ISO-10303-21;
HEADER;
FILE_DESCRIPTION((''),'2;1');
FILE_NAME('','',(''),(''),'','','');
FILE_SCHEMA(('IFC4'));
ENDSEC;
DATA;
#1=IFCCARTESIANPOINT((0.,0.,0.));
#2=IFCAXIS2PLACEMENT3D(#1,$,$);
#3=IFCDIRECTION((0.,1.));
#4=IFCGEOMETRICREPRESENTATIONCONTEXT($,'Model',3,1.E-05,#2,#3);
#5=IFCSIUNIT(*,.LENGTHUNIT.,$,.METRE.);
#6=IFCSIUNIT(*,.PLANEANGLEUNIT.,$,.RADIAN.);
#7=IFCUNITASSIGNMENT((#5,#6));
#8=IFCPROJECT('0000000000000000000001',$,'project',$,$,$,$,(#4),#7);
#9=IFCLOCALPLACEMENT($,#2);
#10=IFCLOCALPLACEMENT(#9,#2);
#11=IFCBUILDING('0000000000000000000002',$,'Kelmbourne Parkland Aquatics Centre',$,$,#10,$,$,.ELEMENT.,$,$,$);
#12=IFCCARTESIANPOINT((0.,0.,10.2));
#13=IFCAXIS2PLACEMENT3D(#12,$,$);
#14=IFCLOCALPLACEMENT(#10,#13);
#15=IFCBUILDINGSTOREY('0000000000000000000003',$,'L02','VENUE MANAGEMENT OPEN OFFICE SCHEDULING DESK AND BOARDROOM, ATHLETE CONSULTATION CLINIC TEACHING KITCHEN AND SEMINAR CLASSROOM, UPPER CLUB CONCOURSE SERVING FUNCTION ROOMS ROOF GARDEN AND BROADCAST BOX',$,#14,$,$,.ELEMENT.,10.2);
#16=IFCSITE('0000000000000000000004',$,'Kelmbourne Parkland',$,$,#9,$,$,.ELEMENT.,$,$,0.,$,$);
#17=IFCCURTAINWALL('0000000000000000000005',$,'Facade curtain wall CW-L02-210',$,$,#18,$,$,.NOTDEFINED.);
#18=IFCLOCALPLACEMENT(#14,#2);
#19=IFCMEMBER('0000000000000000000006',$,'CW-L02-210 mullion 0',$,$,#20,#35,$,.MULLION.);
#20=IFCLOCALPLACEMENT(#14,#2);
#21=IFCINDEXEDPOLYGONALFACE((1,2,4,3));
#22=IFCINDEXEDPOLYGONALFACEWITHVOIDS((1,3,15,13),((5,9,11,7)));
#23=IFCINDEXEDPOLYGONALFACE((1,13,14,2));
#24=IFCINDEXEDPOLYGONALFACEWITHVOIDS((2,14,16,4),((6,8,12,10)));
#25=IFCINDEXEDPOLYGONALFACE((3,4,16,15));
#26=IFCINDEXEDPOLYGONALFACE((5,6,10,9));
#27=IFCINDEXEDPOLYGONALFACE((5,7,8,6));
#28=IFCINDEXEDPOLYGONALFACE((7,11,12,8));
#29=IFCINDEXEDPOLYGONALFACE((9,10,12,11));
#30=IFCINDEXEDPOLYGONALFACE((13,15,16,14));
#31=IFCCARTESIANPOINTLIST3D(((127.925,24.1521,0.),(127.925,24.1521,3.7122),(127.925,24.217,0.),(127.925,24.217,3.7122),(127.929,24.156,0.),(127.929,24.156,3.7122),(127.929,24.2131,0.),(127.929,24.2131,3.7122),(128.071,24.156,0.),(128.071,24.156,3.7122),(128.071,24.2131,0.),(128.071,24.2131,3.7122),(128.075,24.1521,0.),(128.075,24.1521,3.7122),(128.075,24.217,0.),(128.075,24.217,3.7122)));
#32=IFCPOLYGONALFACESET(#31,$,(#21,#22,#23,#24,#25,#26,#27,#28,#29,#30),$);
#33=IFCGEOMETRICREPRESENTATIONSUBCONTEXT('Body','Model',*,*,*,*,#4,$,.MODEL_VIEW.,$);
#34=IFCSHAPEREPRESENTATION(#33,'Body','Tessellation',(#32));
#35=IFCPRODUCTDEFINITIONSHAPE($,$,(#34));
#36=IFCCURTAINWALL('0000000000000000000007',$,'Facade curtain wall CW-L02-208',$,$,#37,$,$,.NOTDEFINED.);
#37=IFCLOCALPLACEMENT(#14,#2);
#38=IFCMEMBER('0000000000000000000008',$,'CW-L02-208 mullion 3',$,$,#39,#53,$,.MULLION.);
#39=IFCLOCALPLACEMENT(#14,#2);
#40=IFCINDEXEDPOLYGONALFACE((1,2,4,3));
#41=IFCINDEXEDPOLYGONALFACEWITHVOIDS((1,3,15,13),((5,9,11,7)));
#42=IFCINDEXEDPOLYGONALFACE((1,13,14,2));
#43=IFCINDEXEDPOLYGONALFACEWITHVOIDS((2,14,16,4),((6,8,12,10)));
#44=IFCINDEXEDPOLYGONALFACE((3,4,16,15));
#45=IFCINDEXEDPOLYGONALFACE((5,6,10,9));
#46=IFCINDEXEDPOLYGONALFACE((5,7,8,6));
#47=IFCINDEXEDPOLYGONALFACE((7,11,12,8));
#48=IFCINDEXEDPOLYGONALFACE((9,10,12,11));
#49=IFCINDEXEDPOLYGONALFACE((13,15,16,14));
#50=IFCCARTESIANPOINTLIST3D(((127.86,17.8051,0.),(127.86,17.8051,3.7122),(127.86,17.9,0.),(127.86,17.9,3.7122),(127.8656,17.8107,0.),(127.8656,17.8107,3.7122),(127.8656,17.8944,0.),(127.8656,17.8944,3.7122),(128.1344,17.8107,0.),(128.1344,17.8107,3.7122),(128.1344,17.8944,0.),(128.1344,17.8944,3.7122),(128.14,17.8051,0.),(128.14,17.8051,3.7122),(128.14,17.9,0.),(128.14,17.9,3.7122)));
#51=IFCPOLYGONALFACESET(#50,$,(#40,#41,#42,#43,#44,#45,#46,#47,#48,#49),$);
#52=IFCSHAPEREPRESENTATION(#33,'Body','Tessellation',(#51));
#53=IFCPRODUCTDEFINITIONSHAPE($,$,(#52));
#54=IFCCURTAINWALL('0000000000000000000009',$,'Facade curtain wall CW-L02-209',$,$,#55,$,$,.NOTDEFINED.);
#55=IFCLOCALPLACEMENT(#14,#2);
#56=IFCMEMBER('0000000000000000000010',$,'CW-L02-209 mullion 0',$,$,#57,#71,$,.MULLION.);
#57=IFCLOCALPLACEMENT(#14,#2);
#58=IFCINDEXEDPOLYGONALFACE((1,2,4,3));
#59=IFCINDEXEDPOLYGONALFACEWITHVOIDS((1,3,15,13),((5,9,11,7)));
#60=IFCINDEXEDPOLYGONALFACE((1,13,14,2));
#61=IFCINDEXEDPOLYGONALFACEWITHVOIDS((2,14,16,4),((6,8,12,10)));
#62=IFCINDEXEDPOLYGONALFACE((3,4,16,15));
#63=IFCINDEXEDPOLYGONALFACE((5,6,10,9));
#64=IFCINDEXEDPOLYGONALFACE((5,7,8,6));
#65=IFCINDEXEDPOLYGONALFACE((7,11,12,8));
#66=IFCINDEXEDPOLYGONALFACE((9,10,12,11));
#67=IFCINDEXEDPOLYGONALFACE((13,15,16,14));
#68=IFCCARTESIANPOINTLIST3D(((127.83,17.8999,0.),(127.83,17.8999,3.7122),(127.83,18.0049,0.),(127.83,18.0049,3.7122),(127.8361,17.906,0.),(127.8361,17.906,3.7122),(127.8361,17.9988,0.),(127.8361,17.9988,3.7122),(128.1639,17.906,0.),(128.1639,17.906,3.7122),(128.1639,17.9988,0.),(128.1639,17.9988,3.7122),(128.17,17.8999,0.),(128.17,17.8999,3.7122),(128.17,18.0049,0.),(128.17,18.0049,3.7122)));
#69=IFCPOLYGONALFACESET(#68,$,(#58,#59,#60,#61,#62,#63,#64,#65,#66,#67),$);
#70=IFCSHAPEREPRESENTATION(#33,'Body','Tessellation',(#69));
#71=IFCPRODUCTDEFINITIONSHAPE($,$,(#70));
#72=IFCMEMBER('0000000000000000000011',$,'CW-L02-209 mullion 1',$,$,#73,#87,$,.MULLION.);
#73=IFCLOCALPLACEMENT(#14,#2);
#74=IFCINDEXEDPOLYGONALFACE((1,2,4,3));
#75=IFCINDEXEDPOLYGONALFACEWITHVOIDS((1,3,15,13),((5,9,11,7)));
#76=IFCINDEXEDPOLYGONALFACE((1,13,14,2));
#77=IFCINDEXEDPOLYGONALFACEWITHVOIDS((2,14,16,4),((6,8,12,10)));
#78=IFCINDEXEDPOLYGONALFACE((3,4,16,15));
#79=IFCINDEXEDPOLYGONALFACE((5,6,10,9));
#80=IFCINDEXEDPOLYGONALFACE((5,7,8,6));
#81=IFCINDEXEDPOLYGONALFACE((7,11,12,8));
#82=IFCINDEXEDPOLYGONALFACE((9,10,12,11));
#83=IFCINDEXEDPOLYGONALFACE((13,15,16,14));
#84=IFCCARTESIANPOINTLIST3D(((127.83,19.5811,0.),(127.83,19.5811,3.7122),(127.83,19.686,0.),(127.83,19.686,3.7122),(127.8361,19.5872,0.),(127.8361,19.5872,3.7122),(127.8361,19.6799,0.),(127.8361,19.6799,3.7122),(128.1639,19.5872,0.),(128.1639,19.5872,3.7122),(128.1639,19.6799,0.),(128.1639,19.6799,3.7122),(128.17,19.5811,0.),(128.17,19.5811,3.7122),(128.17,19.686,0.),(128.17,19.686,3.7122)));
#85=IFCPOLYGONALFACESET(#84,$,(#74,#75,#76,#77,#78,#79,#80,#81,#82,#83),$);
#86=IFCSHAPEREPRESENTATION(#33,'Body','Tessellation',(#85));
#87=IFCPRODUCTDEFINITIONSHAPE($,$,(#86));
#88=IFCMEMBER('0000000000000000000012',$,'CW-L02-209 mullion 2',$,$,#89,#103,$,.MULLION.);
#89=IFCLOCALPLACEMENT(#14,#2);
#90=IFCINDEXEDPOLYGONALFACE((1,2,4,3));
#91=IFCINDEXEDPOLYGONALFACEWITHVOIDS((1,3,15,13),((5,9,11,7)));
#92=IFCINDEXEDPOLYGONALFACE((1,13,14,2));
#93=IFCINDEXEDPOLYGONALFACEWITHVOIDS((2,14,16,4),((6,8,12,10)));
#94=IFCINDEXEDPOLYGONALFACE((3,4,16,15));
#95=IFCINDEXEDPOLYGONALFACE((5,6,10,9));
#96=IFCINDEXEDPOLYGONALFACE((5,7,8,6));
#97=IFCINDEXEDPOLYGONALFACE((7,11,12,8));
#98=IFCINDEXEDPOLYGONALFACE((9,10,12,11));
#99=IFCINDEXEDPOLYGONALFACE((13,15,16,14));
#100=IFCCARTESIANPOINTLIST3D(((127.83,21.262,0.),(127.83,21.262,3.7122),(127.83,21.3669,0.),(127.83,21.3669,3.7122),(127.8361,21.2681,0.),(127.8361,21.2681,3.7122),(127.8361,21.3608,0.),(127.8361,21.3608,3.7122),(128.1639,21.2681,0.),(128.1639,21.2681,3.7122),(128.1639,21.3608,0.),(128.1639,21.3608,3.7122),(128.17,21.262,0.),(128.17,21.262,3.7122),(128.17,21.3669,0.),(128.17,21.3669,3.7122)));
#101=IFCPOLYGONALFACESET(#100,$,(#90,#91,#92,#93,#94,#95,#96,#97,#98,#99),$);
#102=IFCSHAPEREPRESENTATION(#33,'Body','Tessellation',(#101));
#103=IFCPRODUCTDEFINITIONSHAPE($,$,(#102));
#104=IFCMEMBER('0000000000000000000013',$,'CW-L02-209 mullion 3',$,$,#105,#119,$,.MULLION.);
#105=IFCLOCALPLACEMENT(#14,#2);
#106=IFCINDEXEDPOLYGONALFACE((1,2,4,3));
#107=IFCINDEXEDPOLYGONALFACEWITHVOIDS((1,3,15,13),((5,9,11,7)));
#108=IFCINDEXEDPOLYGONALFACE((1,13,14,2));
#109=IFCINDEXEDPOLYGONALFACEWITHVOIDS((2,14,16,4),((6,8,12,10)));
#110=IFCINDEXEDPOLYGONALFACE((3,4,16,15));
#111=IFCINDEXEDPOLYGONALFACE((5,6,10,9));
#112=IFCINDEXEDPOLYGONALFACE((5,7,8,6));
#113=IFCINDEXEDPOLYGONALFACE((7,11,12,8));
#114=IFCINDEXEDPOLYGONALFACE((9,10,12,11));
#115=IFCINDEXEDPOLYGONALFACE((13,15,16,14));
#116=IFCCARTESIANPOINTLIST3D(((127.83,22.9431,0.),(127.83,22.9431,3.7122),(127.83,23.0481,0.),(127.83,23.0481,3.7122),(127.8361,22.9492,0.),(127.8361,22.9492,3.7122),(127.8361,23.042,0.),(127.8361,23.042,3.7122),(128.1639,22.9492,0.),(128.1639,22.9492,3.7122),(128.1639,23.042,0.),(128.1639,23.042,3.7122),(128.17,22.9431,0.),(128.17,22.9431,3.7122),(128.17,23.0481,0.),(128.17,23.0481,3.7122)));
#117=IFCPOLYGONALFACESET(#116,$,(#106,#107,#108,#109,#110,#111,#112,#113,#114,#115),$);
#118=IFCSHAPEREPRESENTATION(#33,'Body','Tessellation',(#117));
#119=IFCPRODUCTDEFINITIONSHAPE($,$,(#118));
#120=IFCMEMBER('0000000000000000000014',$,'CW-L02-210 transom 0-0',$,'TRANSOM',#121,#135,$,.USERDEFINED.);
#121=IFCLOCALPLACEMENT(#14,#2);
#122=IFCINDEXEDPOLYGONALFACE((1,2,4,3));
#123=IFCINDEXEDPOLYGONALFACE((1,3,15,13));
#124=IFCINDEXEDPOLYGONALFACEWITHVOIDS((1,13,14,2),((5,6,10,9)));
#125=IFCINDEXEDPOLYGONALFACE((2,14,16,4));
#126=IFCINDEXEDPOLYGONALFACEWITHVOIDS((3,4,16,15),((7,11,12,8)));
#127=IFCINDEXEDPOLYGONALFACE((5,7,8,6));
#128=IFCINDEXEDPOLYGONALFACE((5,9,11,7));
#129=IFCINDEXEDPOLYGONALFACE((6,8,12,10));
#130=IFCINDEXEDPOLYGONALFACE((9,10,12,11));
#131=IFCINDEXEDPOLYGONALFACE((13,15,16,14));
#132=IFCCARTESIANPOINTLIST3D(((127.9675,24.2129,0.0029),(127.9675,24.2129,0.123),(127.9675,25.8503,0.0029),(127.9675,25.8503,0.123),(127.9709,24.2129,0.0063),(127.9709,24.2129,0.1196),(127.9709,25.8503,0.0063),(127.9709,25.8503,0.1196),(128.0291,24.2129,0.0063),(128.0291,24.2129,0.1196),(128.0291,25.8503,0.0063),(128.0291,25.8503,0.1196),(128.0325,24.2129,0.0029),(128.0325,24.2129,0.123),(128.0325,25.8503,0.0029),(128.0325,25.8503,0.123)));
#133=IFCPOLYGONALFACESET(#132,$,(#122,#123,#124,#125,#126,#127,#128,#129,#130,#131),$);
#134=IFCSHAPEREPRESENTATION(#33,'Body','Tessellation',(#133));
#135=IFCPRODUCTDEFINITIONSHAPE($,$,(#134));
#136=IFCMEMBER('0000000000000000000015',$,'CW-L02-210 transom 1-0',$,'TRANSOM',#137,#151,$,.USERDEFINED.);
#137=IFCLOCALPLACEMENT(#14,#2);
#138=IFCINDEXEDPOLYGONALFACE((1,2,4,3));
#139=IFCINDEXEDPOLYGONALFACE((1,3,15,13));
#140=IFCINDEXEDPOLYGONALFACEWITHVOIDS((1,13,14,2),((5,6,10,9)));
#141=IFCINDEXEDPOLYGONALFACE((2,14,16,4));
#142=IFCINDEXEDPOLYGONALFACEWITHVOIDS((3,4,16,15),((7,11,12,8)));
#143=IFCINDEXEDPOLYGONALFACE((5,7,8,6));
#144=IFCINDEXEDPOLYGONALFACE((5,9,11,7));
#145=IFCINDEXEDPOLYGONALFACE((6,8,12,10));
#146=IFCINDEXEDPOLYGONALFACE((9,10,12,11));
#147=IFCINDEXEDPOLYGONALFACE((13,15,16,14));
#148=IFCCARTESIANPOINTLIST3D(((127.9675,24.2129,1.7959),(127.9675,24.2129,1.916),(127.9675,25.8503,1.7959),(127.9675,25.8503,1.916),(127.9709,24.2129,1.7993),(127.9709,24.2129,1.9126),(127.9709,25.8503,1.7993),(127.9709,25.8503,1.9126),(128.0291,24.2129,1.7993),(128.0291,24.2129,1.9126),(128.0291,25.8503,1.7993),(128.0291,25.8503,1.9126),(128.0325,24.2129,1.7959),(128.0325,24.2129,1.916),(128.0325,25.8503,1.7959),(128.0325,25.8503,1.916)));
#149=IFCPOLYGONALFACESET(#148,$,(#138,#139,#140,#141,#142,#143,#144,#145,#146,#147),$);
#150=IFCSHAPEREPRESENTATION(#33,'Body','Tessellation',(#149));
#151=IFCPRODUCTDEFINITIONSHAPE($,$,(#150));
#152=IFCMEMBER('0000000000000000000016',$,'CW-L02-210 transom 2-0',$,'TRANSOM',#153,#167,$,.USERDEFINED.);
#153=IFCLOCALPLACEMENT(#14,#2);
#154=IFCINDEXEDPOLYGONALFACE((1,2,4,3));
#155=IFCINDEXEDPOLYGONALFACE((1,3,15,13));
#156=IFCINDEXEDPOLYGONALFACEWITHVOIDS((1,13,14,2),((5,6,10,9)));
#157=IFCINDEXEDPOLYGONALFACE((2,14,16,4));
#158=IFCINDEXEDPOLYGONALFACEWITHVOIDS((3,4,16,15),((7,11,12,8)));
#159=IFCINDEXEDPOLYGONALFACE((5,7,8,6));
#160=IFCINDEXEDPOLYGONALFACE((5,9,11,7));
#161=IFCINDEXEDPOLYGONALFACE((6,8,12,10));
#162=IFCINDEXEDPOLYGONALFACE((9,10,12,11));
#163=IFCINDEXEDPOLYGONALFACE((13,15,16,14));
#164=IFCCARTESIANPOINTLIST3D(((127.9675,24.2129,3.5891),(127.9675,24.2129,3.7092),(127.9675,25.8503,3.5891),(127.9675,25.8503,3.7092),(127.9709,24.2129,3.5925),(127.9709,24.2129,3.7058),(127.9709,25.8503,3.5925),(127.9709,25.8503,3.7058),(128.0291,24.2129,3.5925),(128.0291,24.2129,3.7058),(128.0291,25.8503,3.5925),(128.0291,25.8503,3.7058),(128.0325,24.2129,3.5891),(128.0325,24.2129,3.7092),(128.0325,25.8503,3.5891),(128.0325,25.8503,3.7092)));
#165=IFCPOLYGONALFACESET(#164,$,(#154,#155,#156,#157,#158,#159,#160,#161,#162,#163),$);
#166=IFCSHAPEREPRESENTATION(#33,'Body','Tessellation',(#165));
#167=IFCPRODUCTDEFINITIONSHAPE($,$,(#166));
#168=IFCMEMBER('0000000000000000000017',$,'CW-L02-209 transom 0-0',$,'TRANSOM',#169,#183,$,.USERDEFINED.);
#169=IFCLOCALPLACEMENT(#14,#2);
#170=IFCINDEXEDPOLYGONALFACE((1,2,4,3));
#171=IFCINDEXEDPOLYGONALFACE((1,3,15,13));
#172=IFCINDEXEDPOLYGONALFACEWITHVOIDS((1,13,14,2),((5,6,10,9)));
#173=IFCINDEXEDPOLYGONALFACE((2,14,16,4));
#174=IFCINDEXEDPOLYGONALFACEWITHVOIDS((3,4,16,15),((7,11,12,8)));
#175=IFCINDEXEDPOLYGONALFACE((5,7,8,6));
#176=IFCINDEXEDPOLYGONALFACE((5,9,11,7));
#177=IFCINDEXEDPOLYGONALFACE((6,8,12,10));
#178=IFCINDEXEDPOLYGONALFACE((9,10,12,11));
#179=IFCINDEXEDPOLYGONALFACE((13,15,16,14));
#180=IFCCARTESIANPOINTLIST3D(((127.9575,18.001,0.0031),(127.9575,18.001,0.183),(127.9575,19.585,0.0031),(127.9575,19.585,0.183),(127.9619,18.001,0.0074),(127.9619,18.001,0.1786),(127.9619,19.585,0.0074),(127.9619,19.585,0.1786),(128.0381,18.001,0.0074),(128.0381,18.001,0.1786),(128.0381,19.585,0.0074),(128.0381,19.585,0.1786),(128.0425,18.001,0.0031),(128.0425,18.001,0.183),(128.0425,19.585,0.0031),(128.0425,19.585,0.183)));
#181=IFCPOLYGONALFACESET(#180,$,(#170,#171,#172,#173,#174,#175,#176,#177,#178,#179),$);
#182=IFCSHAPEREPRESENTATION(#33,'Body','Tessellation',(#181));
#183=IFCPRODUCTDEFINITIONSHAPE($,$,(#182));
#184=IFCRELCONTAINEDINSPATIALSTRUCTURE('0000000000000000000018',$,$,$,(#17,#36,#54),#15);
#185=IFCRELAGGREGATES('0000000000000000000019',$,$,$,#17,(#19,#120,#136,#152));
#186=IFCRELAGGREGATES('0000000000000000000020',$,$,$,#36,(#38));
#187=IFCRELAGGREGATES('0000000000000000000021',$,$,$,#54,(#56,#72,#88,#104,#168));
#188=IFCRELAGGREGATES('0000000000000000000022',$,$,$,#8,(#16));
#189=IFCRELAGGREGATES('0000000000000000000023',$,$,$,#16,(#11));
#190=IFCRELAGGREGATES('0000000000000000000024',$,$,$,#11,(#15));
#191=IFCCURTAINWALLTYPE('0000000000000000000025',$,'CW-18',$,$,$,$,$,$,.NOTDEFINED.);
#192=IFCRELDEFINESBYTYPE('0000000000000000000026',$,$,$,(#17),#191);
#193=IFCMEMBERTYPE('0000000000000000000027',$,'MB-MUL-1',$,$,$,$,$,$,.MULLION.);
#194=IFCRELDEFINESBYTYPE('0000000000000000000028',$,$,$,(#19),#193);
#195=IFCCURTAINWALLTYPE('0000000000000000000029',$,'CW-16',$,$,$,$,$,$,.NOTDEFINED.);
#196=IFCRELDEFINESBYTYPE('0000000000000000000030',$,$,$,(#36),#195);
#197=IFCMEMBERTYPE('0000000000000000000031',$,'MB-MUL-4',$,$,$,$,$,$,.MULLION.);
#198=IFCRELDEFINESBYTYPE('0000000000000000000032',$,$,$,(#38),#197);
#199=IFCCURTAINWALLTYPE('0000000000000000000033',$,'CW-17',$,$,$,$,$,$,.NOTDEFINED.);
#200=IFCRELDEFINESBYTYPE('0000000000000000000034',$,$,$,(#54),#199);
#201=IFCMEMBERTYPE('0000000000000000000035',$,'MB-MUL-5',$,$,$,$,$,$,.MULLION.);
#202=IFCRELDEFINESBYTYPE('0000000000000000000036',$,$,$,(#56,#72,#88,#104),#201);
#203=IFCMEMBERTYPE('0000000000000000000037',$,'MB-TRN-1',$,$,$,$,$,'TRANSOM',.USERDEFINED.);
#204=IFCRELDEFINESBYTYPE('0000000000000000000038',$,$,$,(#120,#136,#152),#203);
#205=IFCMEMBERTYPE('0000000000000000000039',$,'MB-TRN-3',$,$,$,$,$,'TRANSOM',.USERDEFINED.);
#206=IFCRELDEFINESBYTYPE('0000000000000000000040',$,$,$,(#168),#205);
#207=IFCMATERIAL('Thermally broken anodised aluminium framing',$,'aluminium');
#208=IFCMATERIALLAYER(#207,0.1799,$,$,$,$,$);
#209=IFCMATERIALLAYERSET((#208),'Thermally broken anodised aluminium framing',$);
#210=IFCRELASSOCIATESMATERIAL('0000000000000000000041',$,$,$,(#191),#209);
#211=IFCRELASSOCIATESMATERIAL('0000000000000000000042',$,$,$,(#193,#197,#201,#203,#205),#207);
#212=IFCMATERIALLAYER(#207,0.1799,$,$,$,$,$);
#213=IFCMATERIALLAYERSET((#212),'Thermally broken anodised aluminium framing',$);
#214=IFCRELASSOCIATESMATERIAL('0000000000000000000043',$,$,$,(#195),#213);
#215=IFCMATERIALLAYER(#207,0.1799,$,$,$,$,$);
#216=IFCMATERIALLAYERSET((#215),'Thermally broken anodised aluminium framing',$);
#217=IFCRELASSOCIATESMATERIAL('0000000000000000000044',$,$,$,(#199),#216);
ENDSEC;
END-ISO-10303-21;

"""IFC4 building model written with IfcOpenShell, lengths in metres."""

from ifc_helpers import new_model, si_unit, direction, frame, origin, origin_2d, place, context, subcontext, project, spatial, hollow_rectangle, extrude, material, layer, layer_set, material_profile, profile_set, type_object, element, aggregate, save


model = new_model("IFC4")

# Units and contexts
model_context = context("Model", 3, precision=1e-05, world=origin(), true_north=direction((0.0, 1.0)))
body_context = subcontext(model_context, "Body", "Model", "MODEL_VIEW")
ifc_project = project(units=[si_unit("LENGTHUNIT", "METRE"), si_unit("PLANEANGLEUNIT", "RADIAN")], contexts=[model_context])

# Site, building, storey
site_placement = place(None, origin())
site = spatial("IfcSite", under=ifc_project, at=site_placement, Name="Kelmbourne Parkland", CompositionType="ELEMENT", RefElevation=0.0)
building_placement = place(site_placement, origin())
building = spatial("IfcBuilding", under=site, at=building_placement, Name="Kelmbourne Parkland Aquatics Centre", CompositionType="ELEMENT")
storey_placement = place(building_placement, frame((0.0, 0.0, 10.2)))
storey = spatial("IfcBuildingStorey", under=building, at=storey_placement, Name="L02", Description="VENUE MANAGEMENT OPEN OFFICE SCHEDULING DESK AND BOARDROOM, ATHLETE CONSULTATION CLINIC TEACHING KITCHEN AND SEMINAR CLASSROOM, UPPER CLUB CONCOURSE SERVING FUNCTION ROOMS ROOF GARDEN AND BROADCAST BOX", CompositionType="ELEMENT", Elevation=10.2)

# Curtain walls, members
ifc_material_1 = material(Name="Thermally broken anodised aluminium framing", Category="aluminium")
ifc_layer_1 = layer(ifc_material_1, 0.1799)
ifc_layer_set_1 = layer_set([ifc_layer_1], Name="Thermally broken anodised aluminium framing")
curtain_wall_type_1 = type_object("IfcCurtainWallType", Name="CW-18", PredefinedType="NOTDEFINED", material=ifc_layer_set_1)
curtain_wall_1_placement = place(storey_placement, origin())
curtain_wall_1 = element("IfcCurtainWall", 1, at=curtain_wall_1_placement, inside=storey, type_object=curtain_wall_type_1, Name="Facade curtain wall CW-L02-210", PredefinedType="NOTDEFINED")
ifc_material_profile_1 = material_profile(ifc_material_1, hollow_rectangle(XDim=0.0649, YDim=0.1499, WallThickness=0.0039, at=origin_2d()), Name="CW-M 65x150")
ifc_profile_set_1 = profile_set([ifc_material_profile_1], Name="Thermally broken anodised aluminium framing")
member_type_1 = type_object("IfcMemberType", Name="MB-MUL-1", PredefinedType="MULLION", material=ifc_profile_set_1)
member_1_placement = place(storey_placement, frame((128.0, 24.1846, 0.0), z_axis=(0.0, 0.0, 1.0), x_axis=(0.0, 1.0, 0.0)))
member_1 = element("IfcMember", 2, at=member_1_placement, type_object=member_type_1, Name="CW-L02-210 mullion 0", PredefinedType="MULLION", context=body_context, shape_type="SweptSolid", body=[
    extrude(hollow_rectangle(XDim=0.0649, YDim=0.1499, WallThickness=0.0039, at=origin_2d()), origin(), (0.0, 0.0, 1.0), 3.7122),
])
ifc_layer_2 = layer(ifc_material_1, 0.1799)
ifc_layer_set_2 = layer_set([ifc_layer_2], Name="Thermally broken anodised aluminium framing")
curtain_wall_type_2 = type_object("IfcCurtainWallType", Name="CW-16", PredefinedType="NOTDEFINED", material=ifc_layer_set_2)
curtain_wall_2_placement = place(storey_placement, origin())
curtain_wall_2 = element("IfcCurtainWall", 3, at=curtain_wall_2_placement, inside=storey, type_object=curtain_wall_type_2, Name="Facade curtain wall CW-L02-208", PredefinedType="NOTDEFINED")
ifc_material_profile_2 = material_profile(ifc_material_1, hollow_rectangle(XDim=0.095, YDim=0.28, WallThickness=0.0056, at=origin_2d()), Name="CW-M 95x280")
ifc_profile_set_2 = profile_set([ifc_material_profile_2], Name="Thermally broken anodised aluminium framing")
member_type_2 = type_object("IfcMemberType", Name="MB-MUL-4", PredefinedType="MULLION", material=ifc_profile_set_2)
member_2_placement = place(storey_placement, frame((128.0, 17.8525, 0.0), z_axis=(0.0, 0.0, 1.0), x_axis=(0.0, 1.0, 0.0)))
member_2 = element("IfcMember", 4, at=member_2_placement, type_object=member_type_2, Name="CW-L02-208 mullion 3", PredefinedType="MULLION", context=body_context, shape_type="SweptSolid", body=[
    extrude(hollow_rectangle(XDim=0.095, YDim=0.28, WallThickness=0.0056, at=origin_2d()), origin(), (0.0, 0.0, 1.0), 3.7122),
])

# Curtain wall, members
ifc_layer_3 = layer(ifc_material_1, 0.1799)
ifc_layer_set_3 = layer_set([ifc_layer_3], Name="Thermally broken anodised aluminium framing")
curtain_wall_type_3 = type_object("IfcCurtainWallType", Name="CW-17", PredefinedType="NOTDEFINED", material=ifc_layer_set_3)
curtain_wall_3_placement = place(storey_placement, origin())
curtain_wall_3 = element("IfcCurtainWall", 5, at=curtain_wall_3_placement, inside=storey, type_object=curtain_wall_type_3, Name="Facade curtain wall CW-L02-209", PredefinedType="NOTDEFINED")
ifc_material_profile_3 = material_profile(ifc_material_1, hollow_rectangle(XDim=0.105, YDim=0.3401, WallThickness=0.0061, at=origin_2d()), Name="CW-M 105x340")
ifc_profile_set_3 = profile_set([ifc_material_profile_3], Name="Thermally broken anodised aluminium framing")
member_type_3 = type_object("IfcMemberType", Name="MB-MUL-5", PredefinedType="MULLION", material=ifc_profile_set_3)
member_3_placement = place(storey_placement, frame((128.0, 17.9524, 0.0), z_axis=(0.0, 0.0, 1.0), x_axis=(0.0, 1.0, 0.0)))
member_3 = element("IfcMember", 6, at=member_3_placement, type_object=member_type_3, Name="CW-L02-209 mullion 0", PredefinedType="MULLION", context=body_context, shape_type="SweptSolid", body=[
    extrude(hollow_rectangle(XDim=0.105, YDim=0.3401, WallThickness=0.0061, at=origin_2d()), origin(), (0.0, 0.0, 1.0), 3.7122),
])
member_4_placement = place(storey_placement, frame((128.0, 19.6335, 0.0), z_axis=(0.0, 0.0, 1.0), x_axis=(0.0, 1.0, 0.0)))
member_4 = element("IfcMember", 7, at=member_4_placement, type_object=member_type_3, Name="CW-L02-209 mullion 1", PredefinedType="MULLION", context=body_context, shape_type="SweptSolid", body=[
    extrude(hollow_rectangle(XDim=0.105, YDim=0.3401, WallThickness=0.0061, at=origin_2d()), origin(), (0.0, 0.0, 1.0), 3.7122),
])
member_5_placement = place(storey_placement, frame((128.0, 21.3145, 0.0), z_axis=(0.0, 0.0, 1.0), x_axis=(0.0, 1.0, 0.0)))
member_5 = element("IfcMember", 8, at=member_5_placement, type_object=member_type_3, Name="CW-L02-209 mullion 2", PredefinedType="MULLION", context=body_context, shape_type="SweptSolid", body=[
    extrude(hollow_rectangle(XDim=0.105, YDim=0.3401, WallThickness=0.0061, at=origin_2d()), origin(), (0.0, 0.0, 1.0), 3.7122),
])
member_6_placement = place(storey_placement, frame((128.0, 22.9956, 0.0), z_axis=(0.0, 0.0, 1.0), x_axis=(0.0, 1.0, 0.0)))
member_6 = element("IfcMember", 9, at=member_6_placement, type_object=member_type_3, Name="CW-L02-209 mullion 3", PredefinedType="MULLION", context=body_context, shape_type="SweptSolid", body=[
    extrude(hollow_rectangle(XDim=0.105, YDim=0.3401, WallThickness=0.0061, at=origin_2d()), origin(), (0.0, 0.0, 1.0), 3.7122),
])

# Members
ifc_material_profile_4 = material_profile(ifc_material_1, hollow_rectangle(XDim=0.0649, YDim=0.1201, WallThickness=0.0034, at=origin_2d()), Name="CW-T 65x120")
ifc_profile_set_4 = profile_set([ifc_material_profile_4], Name="Thermally broken anodised aluminium framing")
member_type_4 = type_object("IfcMemberType", Name="MB-TRN-1", ElementType="TRANSOM", PredefinedType="USERDEFINED", material=ifc_profile_set_4)
member_7_placement = place(storey_placement, frame((128.0, 24.2129, 0.063), z_axis=(0.0, 1.0, 0.0), x_axis=(-1.0, 0.0, 0.0)))
member_7 = element("IfcMember", 10, at=member_7_placement, type_object=member_type_4, Name="CW-L02-210 transom 0-0", ObjectType="TRANSOM", PredefinedType="USERDEFINED", context=body_context, shape_type="SweptSolid", body=[
    extrude(hollow_rectangle(XDim=0.0649, YDim=0.1201, WallThickness=0.0034, at=origin_2d()), origin(), (0.0, 0.0, 1.0), 1.6375),
])
member_8_placement = place(storey_placement, frame((128.0, 24.2129, 1.856), z_axis=(0.0, 1.0, 0.0), x_axis=(-1.0, 0.0, 0.0)))
member_8 = element("IfcMember", 11, at=member_8_placement, type_object=member_type_4, Name="CW-L02-210 transom 1-0", ObjectType="TRANSOM", PredefinedType="USERDEFINED", context=body_context, shape_type="SweptSolid", body=[
    extrude(hollow_rectangle(XDim=0.0649, YDim=0.1201, WallThickness=0.0034, at=origin_2d()), origin(), (0.0, 0.0, 1.0), 1.6375),
])
member_9_placement = place(storey_placement, frame((128.0, 24.2129, 3.6492), z_axis=(0.0, 1.0, 0.0), x_axis=(-1.0, 0.0, 0.0)))
member_9 = element("IfcMember", 12, at=member_9_placement, type_object=member_type_4, Name="CW-L02-210 transom 2-0", ObjectType="TRANSOM", PredefinedType="USERDEFINED", context=body_context, shape_type="SweptSolid", body=[
    extrude(hollow_rectangle(XDim=0.0649, YDim=0.1201, WallThickness=0.0034, at=origin_2d()), origin(), (0.0, 0.0, 1.0), 1.6375),
])
ifc_material_profile_5 = material_profile(ifc_material_1, hollow_rectangle(XDim=0.085, YDim=0.1799, WallThickness=0.0044, at=origin_2d()), Name="CW-T 85x180")
ifc_profile_set_5 = profile_set([ifc_material_profile_5], Name="Thermally broken anodised aluminium framing")
member_type_5 = type_object("IfcMemberType", Name="MB-TRN-3", ElementType="TRANSOM", PredefinedType="USERDEFINED", material=ifc_profile_set_5)
member_10_placement = place(storey_placement, frame((128.0, 18.001, 0.093), z_axis=(0.0, 1.0, 0.0), x_axis=(-1.0, 0.0, 0.0)))
member_10 = element("IfcMember", 13, at=member_10_placement, type_object=member_type_5, Name="CW-L02-209 transom 0-0", ObjectType="TRANSOM", PredefinedType="USERDEFINED", context=body_context, shape_type="SweptSolid", body=[
    extrude(hollow_rectangle(XDim=0.085, YDim=0.1799, WallThickness=0.0044, at=origin_2d()), origin(), (0.0, 0.0, 1.0), 1.584),
])

aggregate(curtain_wall_1, [member_1, member_7, member_8, member_9])
aggregate(curtain_wall_2, [member_2])
aggregate(curtain_wall_3, [member_3, member_4, member_5, member_6, member_10])

save(model, "model.ifc")
